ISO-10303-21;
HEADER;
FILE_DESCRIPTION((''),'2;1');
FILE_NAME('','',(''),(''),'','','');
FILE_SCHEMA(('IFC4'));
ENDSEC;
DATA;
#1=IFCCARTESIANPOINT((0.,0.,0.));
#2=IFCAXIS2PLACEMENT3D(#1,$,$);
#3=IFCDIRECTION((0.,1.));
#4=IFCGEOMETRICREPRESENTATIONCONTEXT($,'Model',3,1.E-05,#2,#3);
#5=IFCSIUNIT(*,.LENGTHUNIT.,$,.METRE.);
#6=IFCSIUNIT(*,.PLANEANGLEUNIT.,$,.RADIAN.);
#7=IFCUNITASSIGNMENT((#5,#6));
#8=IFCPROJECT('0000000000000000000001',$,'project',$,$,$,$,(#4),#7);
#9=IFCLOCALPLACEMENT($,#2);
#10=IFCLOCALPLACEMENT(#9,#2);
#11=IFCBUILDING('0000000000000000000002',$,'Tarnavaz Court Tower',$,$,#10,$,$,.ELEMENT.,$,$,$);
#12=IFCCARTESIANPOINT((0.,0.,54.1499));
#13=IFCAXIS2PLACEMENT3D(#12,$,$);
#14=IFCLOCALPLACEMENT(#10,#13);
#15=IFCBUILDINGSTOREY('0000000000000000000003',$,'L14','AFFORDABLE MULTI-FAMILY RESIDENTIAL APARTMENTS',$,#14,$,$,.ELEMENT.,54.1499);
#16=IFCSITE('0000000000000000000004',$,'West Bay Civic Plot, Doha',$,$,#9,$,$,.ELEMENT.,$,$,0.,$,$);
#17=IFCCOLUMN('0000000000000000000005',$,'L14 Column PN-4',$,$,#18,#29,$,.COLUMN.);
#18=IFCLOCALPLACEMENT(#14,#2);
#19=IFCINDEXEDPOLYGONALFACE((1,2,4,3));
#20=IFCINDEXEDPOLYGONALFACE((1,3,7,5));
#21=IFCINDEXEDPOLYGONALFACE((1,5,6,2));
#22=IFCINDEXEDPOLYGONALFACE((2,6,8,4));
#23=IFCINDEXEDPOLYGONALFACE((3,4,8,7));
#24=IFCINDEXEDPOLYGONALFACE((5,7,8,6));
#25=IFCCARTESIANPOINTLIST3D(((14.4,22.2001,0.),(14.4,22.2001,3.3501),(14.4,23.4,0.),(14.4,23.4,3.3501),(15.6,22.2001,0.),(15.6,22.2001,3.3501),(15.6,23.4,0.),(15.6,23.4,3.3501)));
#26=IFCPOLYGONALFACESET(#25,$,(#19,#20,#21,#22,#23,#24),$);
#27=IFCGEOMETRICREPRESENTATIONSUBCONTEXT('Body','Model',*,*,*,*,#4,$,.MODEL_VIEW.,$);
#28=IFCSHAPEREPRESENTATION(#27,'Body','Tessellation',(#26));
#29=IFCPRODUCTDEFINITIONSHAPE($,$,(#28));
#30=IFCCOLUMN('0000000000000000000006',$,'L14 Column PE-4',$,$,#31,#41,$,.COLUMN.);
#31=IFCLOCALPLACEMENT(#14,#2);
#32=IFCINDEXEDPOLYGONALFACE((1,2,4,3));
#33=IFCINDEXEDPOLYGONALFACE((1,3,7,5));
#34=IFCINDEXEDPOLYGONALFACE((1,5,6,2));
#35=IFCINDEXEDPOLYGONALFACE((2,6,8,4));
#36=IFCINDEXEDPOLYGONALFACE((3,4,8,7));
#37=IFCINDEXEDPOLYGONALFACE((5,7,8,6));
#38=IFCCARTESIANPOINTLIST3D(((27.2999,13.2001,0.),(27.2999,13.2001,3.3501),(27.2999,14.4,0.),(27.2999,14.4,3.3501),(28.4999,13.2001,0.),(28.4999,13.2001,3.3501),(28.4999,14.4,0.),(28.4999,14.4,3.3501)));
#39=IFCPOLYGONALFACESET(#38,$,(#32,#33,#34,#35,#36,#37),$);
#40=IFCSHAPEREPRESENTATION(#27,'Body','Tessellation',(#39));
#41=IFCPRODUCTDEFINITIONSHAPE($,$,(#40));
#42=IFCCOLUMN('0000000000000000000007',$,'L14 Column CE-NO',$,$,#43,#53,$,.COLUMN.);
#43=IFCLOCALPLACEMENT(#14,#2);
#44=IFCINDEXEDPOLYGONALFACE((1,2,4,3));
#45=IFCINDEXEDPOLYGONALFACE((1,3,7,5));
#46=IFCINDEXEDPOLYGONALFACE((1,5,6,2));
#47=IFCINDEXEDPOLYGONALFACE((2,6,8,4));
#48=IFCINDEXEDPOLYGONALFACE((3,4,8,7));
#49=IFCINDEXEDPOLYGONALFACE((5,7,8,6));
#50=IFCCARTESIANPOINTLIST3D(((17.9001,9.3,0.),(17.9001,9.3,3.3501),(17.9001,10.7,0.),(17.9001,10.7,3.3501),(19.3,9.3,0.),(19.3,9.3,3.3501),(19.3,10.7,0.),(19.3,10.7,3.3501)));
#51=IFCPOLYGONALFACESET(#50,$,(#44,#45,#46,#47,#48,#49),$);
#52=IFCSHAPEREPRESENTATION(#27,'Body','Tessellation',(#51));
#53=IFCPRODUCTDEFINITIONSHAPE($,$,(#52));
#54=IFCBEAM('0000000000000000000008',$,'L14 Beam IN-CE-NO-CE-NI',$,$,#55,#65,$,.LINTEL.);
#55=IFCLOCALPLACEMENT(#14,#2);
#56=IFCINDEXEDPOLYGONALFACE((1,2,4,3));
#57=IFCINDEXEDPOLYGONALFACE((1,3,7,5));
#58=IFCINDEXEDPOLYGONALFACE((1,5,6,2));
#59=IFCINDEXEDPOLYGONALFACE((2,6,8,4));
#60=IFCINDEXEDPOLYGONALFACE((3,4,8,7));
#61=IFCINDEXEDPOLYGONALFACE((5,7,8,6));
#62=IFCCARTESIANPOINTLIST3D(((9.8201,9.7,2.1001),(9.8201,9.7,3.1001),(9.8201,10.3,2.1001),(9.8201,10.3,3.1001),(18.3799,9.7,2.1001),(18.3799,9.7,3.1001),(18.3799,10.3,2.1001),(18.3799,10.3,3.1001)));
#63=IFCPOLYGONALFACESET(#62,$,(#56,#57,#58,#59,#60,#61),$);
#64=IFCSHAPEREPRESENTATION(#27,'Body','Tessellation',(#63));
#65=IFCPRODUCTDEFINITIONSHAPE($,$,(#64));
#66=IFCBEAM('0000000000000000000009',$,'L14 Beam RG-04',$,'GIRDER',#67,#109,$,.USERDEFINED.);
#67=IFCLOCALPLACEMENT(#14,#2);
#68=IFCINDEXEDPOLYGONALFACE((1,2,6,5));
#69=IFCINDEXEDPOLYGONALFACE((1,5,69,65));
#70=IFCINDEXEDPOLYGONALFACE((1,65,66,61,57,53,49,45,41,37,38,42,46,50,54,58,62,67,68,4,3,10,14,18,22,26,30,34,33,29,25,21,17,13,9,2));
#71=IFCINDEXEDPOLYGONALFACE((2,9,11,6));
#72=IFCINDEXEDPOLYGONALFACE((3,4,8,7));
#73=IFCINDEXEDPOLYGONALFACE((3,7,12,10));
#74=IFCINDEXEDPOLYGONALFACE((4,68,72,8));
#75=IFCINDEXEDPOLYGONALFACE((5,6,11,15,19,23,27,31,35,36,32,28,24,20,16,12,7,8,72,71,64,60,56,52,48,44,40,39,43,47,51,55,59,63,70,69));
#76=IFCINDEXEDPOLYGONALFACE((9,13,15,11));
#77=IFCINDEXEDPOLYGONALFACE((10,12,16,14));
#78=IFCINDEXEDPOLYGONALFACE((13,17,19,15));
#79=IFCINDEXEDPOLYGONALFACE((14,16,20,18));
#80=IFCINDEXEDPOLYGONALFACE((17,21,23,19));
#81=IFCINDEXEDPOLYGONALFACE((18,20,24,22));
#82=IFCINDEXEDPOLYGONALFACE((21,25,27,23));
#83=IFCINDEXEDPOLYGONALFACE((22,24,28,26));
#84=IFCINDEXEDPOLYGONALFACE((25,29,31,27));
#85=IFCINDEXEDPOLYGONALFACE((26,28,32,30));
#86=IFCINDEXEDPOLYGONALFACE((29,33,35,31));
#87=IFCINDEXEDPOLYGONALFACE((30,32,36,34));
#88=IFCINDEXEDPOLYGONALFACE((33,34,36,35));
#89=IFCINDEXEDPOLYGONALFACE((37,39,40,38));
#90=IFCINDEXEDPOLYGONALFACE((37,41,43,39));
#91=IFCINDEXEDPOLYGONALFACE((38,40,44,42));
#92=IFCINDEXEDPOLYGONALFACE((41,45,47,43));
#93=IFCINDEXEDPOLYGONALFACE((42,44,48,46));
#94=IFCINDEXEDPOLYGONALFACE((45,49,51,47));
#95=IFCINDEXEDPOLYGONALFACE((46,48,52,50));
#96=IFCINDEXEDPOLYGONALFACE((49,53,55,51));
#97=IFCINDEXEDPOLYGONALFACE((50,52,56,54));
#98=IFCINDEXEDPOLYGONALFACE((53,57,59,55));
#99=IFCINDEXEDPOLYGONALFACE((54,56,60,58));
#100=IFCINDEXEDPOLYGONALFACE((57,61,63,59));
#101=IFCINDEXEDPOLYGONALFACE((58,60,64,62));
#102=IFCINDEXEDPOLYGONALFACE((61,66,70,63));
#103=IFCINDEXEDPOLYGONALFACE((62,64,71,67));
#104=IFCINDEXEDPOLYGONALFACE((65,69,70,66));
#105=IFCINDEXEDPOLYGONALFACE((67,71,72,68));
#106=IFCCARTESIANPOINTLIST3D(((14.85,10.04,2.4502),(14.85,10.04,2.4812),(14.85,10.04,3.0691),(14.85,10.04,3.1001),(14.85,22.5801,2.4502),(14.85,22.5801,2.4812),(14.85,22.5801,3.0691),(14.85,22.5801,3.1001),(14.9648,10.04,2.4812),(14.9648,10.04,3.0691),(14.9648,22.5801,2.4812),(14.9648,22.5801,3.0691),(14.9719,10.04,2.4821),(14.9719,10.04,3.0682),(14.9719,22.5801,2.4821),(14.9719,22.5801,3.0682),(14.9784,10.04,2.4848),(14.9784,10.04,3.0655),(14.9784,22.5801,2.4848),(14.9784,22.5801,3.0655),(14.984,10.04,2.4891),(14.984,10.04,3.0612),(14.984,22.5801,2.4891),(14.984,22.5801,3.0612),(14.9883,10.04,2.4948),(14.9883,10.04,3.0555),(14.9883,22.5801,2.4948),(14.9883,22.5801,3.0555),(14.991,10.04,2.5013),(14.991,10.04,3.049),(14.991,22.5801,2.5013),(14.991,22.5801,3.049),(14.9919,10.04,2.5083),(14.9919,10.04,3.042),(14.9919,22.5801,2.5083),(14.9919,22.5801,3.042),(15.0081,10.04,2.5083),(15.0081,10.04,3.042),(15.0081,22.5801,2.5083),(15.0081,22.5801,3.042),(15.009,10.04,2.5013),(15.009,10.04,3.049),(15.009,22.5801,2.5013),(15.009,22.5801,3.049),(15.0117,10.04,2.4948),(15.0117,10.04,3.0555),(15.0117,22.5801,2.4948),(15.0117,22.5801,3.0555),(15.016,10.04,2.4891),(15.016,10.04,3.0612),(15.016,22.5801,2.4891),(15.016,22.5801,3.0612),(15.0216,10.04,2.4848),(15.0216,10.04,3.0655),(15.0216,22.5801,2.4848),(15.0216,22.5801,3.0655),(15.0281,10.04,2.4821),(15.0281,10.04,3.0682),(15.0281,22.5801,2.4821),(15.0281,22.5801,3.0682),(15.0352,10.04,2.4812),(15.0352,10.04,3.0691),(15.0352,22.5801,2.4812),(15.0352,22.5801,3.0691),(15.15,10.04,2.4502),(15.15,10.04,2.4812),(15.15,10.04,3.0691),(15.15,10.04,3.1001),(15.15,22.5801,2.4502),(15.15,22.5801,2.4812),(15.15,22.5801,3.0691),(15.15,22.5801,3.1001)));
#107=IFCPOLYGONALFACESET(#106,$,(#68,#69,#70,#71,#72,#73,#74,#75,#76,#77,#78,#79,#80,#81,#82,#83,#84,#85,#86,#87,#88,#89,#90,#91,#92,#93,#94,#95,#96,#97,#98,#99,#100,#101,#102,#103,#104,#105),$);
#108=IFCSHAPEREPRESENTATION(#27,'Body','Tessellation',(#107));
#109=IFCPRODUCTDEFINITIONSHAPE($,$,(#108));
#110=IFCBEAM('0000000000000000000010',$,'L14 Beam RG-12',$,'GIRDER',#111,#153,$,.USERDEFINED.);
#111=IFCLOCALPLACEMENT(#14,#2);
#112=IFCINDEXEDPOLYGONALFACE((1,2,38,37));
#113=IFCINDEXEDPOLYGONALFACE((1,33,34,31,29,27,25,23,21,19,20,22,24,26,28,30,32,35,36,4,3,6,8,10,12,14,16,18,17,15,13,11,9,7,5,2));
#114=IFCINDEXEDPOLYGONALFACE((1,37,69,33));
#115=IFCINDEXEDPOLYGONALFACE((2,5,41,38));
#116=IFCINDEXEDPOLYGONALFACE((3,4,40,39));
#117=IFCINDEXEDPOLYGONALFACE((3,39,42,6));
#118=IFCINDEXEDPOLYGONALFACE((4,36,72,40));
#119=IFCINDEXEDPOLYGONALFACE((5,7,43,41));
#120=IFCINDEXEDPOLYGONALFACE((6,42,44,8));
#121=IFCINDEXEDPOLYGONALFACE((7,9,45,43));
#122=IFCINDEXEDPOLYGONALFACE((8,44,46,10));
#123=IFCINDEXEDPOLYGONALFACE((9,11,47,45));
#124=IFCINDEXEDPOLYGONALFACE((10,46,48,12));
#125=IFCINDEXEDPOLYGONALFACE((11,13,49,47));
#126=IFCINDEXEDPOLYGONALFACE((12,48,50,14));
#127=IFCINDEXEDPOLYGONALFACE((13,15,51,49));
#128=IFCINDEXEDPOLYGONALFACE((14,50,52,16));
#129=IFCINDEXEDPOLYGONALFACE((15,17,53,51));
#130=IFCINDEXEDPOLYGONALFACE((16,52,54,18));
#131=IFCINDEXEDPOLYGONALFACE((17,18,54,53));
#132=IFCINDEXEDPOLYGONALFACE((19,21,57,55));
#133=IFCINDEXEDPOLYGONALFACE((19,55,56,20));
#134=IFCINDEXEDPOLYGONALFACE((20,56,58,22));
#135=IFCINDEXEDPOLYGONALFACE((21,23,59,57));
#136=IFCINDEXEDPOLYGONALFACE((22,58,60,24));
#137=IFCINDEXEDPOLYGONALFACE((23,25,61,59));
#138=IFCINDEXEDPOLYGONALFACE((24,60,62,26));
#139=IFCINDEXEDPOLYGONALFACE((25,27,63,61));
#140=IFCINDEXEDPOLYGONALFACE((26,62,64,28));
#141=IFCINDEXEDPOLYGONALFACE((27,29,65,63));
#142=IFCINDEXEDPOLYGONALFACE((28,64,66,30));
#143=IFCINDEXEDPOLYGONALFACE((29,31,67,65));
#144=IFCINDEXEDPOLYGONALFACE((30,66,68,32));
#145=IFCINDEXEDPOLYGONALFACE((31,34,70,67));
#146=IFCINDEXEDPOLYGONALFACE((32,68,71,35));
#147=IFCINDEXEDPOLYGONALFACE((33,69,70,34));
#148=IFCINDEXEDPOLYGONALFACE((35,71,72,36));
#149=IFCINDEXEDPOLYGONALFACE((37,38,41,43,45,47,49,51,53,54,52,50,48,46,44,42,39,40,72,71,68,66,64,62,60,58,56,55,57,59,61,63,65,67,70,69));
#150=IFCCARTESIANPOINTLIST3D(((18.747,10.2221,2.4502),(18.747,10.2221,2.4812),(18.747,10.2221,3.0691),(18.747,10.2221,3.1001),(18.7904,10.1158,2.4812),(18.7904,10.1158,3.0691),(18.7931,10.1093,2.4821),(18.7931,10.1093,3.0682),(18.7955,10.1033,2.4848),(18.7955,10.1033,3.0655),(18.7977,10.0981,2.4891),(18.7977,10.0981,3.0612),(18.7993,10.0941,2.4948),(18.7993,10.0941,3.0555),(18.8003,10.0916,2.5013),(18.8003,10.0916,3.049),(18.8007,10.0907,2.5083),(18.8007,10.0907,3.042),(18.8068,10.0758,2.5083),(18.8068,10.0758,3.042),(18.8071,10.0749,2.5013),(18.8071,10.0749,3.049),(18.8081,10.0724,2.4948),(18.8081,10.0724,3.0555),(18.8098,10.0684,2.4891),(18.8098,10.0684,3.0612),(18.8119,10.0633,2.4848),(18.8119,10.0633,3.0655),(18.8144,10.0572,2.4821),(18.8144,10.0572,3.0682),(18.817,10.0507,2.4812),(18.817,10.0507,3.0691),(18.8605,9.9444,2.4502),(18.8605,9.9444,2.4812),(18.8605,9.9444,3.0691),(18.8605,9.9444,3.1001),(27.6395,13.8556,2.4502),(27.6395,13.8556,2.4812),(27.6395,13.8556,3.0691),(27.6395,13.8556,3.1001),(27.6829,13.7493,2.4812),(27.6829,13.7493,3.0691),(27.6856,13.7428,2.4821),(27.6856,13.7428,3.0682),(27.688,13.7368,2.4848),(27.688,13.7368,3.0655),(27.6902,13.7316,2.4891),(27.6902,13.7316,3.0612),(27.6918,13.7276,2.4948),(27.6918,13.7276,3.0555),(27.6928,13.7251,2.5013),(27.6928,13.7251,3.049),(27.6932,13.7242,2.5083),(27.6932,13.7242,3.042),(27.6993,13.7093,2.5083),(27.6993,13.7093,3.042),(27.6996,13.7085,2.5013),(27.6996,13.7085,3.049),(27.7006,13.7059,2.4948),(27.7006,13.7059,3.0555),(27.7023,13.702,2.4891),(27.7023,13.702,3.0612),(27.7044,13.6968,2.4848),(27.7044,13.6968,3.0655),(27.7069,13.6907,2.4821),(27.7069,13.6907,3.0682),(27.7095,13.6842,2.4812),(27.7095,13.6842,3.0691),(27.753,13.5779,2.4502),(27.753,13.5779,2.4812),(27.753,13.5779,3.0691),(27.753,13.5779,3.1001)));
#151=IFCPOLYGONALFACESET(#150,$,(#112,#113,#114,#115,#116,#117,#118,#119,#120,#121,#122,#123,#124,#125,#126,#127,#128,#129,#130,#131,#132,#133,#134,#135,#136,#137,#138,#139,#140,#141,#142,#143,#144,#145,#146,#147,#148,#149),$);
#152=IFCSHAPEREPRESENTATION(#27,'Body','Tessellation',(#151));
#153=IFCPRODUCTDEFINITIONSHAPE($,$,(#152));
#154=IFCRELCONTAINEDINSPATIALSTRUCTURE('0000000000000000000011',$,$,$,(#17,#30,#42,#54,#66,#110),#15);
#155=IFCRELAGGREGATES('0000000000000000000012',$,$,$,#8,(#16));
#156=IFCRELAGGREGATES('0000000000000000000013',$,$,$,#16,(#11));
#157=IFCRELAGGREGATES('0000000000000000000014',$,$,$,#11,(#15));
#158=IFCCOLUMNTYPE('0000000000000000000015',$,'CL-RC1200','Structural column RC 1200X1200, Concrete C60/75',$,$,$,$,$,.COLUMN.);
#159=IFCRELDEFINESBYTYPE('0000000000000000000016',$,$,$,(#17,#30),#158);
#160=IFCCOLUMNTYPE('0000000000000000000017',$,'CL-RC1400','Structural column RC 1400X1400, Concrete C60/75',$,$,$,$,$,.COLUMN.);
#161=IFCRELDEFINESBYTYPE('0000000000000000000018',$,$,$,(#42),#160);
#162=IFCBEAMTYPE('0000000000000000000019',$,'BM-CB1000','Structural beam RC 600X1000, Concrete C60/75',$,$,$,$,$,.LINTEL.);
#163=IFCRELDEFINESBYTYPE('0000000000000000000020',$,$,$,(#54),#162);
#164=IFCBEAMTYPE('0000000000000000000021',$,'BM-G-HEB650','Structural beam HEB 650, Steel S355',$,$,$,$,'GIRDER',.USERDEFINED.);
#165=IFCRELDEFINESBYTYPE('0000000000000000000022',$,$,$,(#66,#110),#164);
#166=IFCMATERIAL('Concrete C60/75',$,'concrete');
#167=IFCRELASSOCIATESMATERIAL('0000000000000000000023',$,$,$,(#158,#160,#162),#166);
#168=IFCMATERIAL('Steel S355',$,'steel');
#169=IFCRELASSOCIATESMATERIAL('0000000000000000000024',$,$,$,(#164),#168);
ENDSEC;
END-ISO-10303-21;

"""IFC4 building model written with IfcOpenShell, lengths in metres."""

from ifc_helpers import new_model, si_unit, direction, frame, origin, origin_2d, place, context, subcontext, project, spatial, rectangle, i_section, extrude, material, material_profile, profile_set, type_object, element, save


model = new_model("IFC4")

# Units and contexts
model_context = context("Model", 3, precision=1e-05, world=origin(), true_north=direction((0.0, 1.0)))
body_context = subcontext(model_context, "Body", "Model", "MODEL_VIEW")
ifc_project = project(units=[si_unit("LENGTHUNIT", "METRE"), si_unit("PLANEANGLEUNIT", "RADIAN")], contexts=[model_context])

# Site, building, storey
site_placement = place(None, origin())
site = spatial("IfcSite", under=ifc_project, at=site_placement, Name="West Bay Civic Plot, Doha", CompositionType="ELEMENT", RefElevation=0.0)
building_placement = place(site_placement, origin())
building = spatial("IfcBuilding", under=site, at=building_placement, Name="Tarnavaz Court Tower", CompositionType="ELEMENT")
storey_placement = place(building_placement, frame((0.0, 0.0, 54.1499)))
storey = spatial("IfcBuildingStorey", under=building, at=storey_placement, Name="L14", Description="AFFORDABLE MULTI-FAMILY RESIDENTIAL APARTMENTS", CompositionType="ELEMENT", Elevation=54.1499)

# Columns
ifc_material_1 = material(Name="Concrete C60/75", Category="concrete")
ifc_material_profile_1 = material_profile(ifc_material_1, rectangle(XDim=1.2, YDim=1.2, at=origin_2d()), Name="RC 1200X1200")
ifc_profile_set_1 = profile_set([ifc_material_profile_1], Name="Concrete C60/75")
column_type_1 = type_object("IfcColumnType", Name="CL-RC1200", Description="Structural column RC 1200X1200, Concrete C60/75", PredefinedType="COLUMN", material=ifc_profile_set_1)
for number, where, z_axis, x_axis, name in (
    (1, (15.0, 22.8, 0.0), (0.0, 0.0, 1.0), (1.0, 0.0, 0.0), "L14 Column PN-4"),
    (2, (27.8999, 13.8, 0.0), (0.0, 0.0, 1.0), (1.0, 0.0, 0.0), "L14 Column PE-4"),
):
    element("IfcColumn", number, at=place(storey_placement, frame(where, z_axis=z_axis, x_axis=x_axis)), inside=storey, type_object=column_type_1, Name=name, PredefinedType="COLUMN", context=body_context, shape_type="SweptSolid", body=[
        extrude(rectangle(XDim=1.2, YDim=1.2, at=origin_2d()), origin(), (0.0, 0.0, 1.0), 3.3501),
    ])
ifc_material_profile_2 = material_profile(ifc_material_1, rectangle(XDim=1.3999, YDim=1.3999, at=origin_2d()), Name="RC 1400X1400")
ifc_profile_set_2 = profile_set([ifc_material_profile_2], Name="Concrete C60/75")
column_type_2 = type_object("IfcColumnType", Name="CL-RC1400", Description="Structural column RC 1400X1400, Concrete C60/75", PredefinedType="COLUMN", material=ifc_profile_set_2)
column_placement = place(storey_placement, frame((18.6001, 10.0, 0.0), z_axis=(0.0, 0.0, 1.0), x_axis=(1.0, 0.0, 0.0)))
element("IfcColumn", 3, at=column_placement, inside=storey, type_object=column_type_2, Name="L14 Column CE-NO", PredefinedType="COLUMN", context=body_context, shape_type="SweptSolid", body=[
    extrude(rectangle(XDim=1.3999, YDim=1.3999, at=origin_2d()), origin(), (0.0, 0.0, 1.0), 3.3501),
])

# Beams
ifc_material_profile_3 = material_profile(ifc_material_1, rectangle(XDim=0.6001, YDim=1.0, at=origin_2d()), Name="RC 600X1000")
ifc_profile_set_3 = profile_set([ifc_material_profile_3], Name="Concrete C60/75")
beam_type_1 = type_object("IfcBeamType", Name="BM-CB1000", Description="Structural beam RC 600X1000, Concrete C60/75", PredefinedType="LINTEL", material=ifc_profile_set_3)
beam_1_placement = place(storey_placement, frame((18.3799, 10.0, 2.6001), z_axis=(-1.0, 0.0, 0.0), x_axis=(0.0, -1.0, 0.0)))
element("IfcBeam", 4, at=beam_1_placement, inside=storey, type_object=beam_type_1, Name="L14 Beam IN-CE-NO-CE-NI", PredefinedType="LINTEL", context=body_context, shape_type="SweptSolid", body=[
    extrude(rectangle(XDim=0.6001, YDim=1.0, at=origin_2d()), origin(), (0.0, 0.0, 1.0), 8.5598),
])
ifc_material_2 = material(Name="Steel S355", Category="steel")
ifc_material_profile_4 = material_profile(ifc_material_2, i_section(OverallWidth=0.3, OverallDepth=0.6499, WebThickness=0.0161, FlangeThickness=0.031, FilletRadius=0.0271, at=origin_2d()), Name="HEB 650")
ifc_profile_set_4 = profile_set([ifc_material_profile_4], Name="Steel S355")
beam_type_2 = type_object("IfcBeamType", Name="BM-G-HEB650", Description="Structural beam HEB 650, Steel S355", ElementType="GIRDER", PredefinedType="USERDEFINED", material=ifc_profile_set_4)
beam_2_placement = place(storey_placement, frame((15.0, 10.04, 2.7751), z_axis=(0.0, 1.0, 0.0), x_axis=(-1.0, 0.0, 0.0)))
element("IfcBeam", 5, at=beam_2_placement, inside=storey, type_object=beam_type_2, Name="L14 Beam RG-04", ObjectType="GIRDER", PredefinedType="USERDEFINED", context=body_context, shape_type="SweptSolid", body=[
    extrude(i_section(OverallWidth=0.3, OverallDepth=0.6499, WebThickness=0.0161, FlangeThickness=0.031, FilletRadius=0.0271, at=origin_2d()), origin(), (0.0, 0.0, 1.0), 12.54),
])
beam_3_placement = place(storey_placement, frame((18.8037, 10.0833, 2.7751), z_axis=(0.925705, 0.378247, 0.0), x_axis=(-0.378247, 0.925705, 0.0)))
element("IfcBeam", 6, at=beam_3_placement, inside=storey, type_object=beam_type_2, Name="L14 Beam RG-12", ObjectType="GIRDER", PredefinedType="USERDEFINED", context=body_context, shape_type="SweptSolid", body=[
    extrude(i_section(OverallWidth=0.3, OverallDepth=0.6499, WebThickness=0.0161, FlangeThickness=0.031, FilletRadius=0.0271, at=origin_2d()), origin(), (0.0, 0.0, 1.0), 9.6062),
])

save(model, "model.ifc")
